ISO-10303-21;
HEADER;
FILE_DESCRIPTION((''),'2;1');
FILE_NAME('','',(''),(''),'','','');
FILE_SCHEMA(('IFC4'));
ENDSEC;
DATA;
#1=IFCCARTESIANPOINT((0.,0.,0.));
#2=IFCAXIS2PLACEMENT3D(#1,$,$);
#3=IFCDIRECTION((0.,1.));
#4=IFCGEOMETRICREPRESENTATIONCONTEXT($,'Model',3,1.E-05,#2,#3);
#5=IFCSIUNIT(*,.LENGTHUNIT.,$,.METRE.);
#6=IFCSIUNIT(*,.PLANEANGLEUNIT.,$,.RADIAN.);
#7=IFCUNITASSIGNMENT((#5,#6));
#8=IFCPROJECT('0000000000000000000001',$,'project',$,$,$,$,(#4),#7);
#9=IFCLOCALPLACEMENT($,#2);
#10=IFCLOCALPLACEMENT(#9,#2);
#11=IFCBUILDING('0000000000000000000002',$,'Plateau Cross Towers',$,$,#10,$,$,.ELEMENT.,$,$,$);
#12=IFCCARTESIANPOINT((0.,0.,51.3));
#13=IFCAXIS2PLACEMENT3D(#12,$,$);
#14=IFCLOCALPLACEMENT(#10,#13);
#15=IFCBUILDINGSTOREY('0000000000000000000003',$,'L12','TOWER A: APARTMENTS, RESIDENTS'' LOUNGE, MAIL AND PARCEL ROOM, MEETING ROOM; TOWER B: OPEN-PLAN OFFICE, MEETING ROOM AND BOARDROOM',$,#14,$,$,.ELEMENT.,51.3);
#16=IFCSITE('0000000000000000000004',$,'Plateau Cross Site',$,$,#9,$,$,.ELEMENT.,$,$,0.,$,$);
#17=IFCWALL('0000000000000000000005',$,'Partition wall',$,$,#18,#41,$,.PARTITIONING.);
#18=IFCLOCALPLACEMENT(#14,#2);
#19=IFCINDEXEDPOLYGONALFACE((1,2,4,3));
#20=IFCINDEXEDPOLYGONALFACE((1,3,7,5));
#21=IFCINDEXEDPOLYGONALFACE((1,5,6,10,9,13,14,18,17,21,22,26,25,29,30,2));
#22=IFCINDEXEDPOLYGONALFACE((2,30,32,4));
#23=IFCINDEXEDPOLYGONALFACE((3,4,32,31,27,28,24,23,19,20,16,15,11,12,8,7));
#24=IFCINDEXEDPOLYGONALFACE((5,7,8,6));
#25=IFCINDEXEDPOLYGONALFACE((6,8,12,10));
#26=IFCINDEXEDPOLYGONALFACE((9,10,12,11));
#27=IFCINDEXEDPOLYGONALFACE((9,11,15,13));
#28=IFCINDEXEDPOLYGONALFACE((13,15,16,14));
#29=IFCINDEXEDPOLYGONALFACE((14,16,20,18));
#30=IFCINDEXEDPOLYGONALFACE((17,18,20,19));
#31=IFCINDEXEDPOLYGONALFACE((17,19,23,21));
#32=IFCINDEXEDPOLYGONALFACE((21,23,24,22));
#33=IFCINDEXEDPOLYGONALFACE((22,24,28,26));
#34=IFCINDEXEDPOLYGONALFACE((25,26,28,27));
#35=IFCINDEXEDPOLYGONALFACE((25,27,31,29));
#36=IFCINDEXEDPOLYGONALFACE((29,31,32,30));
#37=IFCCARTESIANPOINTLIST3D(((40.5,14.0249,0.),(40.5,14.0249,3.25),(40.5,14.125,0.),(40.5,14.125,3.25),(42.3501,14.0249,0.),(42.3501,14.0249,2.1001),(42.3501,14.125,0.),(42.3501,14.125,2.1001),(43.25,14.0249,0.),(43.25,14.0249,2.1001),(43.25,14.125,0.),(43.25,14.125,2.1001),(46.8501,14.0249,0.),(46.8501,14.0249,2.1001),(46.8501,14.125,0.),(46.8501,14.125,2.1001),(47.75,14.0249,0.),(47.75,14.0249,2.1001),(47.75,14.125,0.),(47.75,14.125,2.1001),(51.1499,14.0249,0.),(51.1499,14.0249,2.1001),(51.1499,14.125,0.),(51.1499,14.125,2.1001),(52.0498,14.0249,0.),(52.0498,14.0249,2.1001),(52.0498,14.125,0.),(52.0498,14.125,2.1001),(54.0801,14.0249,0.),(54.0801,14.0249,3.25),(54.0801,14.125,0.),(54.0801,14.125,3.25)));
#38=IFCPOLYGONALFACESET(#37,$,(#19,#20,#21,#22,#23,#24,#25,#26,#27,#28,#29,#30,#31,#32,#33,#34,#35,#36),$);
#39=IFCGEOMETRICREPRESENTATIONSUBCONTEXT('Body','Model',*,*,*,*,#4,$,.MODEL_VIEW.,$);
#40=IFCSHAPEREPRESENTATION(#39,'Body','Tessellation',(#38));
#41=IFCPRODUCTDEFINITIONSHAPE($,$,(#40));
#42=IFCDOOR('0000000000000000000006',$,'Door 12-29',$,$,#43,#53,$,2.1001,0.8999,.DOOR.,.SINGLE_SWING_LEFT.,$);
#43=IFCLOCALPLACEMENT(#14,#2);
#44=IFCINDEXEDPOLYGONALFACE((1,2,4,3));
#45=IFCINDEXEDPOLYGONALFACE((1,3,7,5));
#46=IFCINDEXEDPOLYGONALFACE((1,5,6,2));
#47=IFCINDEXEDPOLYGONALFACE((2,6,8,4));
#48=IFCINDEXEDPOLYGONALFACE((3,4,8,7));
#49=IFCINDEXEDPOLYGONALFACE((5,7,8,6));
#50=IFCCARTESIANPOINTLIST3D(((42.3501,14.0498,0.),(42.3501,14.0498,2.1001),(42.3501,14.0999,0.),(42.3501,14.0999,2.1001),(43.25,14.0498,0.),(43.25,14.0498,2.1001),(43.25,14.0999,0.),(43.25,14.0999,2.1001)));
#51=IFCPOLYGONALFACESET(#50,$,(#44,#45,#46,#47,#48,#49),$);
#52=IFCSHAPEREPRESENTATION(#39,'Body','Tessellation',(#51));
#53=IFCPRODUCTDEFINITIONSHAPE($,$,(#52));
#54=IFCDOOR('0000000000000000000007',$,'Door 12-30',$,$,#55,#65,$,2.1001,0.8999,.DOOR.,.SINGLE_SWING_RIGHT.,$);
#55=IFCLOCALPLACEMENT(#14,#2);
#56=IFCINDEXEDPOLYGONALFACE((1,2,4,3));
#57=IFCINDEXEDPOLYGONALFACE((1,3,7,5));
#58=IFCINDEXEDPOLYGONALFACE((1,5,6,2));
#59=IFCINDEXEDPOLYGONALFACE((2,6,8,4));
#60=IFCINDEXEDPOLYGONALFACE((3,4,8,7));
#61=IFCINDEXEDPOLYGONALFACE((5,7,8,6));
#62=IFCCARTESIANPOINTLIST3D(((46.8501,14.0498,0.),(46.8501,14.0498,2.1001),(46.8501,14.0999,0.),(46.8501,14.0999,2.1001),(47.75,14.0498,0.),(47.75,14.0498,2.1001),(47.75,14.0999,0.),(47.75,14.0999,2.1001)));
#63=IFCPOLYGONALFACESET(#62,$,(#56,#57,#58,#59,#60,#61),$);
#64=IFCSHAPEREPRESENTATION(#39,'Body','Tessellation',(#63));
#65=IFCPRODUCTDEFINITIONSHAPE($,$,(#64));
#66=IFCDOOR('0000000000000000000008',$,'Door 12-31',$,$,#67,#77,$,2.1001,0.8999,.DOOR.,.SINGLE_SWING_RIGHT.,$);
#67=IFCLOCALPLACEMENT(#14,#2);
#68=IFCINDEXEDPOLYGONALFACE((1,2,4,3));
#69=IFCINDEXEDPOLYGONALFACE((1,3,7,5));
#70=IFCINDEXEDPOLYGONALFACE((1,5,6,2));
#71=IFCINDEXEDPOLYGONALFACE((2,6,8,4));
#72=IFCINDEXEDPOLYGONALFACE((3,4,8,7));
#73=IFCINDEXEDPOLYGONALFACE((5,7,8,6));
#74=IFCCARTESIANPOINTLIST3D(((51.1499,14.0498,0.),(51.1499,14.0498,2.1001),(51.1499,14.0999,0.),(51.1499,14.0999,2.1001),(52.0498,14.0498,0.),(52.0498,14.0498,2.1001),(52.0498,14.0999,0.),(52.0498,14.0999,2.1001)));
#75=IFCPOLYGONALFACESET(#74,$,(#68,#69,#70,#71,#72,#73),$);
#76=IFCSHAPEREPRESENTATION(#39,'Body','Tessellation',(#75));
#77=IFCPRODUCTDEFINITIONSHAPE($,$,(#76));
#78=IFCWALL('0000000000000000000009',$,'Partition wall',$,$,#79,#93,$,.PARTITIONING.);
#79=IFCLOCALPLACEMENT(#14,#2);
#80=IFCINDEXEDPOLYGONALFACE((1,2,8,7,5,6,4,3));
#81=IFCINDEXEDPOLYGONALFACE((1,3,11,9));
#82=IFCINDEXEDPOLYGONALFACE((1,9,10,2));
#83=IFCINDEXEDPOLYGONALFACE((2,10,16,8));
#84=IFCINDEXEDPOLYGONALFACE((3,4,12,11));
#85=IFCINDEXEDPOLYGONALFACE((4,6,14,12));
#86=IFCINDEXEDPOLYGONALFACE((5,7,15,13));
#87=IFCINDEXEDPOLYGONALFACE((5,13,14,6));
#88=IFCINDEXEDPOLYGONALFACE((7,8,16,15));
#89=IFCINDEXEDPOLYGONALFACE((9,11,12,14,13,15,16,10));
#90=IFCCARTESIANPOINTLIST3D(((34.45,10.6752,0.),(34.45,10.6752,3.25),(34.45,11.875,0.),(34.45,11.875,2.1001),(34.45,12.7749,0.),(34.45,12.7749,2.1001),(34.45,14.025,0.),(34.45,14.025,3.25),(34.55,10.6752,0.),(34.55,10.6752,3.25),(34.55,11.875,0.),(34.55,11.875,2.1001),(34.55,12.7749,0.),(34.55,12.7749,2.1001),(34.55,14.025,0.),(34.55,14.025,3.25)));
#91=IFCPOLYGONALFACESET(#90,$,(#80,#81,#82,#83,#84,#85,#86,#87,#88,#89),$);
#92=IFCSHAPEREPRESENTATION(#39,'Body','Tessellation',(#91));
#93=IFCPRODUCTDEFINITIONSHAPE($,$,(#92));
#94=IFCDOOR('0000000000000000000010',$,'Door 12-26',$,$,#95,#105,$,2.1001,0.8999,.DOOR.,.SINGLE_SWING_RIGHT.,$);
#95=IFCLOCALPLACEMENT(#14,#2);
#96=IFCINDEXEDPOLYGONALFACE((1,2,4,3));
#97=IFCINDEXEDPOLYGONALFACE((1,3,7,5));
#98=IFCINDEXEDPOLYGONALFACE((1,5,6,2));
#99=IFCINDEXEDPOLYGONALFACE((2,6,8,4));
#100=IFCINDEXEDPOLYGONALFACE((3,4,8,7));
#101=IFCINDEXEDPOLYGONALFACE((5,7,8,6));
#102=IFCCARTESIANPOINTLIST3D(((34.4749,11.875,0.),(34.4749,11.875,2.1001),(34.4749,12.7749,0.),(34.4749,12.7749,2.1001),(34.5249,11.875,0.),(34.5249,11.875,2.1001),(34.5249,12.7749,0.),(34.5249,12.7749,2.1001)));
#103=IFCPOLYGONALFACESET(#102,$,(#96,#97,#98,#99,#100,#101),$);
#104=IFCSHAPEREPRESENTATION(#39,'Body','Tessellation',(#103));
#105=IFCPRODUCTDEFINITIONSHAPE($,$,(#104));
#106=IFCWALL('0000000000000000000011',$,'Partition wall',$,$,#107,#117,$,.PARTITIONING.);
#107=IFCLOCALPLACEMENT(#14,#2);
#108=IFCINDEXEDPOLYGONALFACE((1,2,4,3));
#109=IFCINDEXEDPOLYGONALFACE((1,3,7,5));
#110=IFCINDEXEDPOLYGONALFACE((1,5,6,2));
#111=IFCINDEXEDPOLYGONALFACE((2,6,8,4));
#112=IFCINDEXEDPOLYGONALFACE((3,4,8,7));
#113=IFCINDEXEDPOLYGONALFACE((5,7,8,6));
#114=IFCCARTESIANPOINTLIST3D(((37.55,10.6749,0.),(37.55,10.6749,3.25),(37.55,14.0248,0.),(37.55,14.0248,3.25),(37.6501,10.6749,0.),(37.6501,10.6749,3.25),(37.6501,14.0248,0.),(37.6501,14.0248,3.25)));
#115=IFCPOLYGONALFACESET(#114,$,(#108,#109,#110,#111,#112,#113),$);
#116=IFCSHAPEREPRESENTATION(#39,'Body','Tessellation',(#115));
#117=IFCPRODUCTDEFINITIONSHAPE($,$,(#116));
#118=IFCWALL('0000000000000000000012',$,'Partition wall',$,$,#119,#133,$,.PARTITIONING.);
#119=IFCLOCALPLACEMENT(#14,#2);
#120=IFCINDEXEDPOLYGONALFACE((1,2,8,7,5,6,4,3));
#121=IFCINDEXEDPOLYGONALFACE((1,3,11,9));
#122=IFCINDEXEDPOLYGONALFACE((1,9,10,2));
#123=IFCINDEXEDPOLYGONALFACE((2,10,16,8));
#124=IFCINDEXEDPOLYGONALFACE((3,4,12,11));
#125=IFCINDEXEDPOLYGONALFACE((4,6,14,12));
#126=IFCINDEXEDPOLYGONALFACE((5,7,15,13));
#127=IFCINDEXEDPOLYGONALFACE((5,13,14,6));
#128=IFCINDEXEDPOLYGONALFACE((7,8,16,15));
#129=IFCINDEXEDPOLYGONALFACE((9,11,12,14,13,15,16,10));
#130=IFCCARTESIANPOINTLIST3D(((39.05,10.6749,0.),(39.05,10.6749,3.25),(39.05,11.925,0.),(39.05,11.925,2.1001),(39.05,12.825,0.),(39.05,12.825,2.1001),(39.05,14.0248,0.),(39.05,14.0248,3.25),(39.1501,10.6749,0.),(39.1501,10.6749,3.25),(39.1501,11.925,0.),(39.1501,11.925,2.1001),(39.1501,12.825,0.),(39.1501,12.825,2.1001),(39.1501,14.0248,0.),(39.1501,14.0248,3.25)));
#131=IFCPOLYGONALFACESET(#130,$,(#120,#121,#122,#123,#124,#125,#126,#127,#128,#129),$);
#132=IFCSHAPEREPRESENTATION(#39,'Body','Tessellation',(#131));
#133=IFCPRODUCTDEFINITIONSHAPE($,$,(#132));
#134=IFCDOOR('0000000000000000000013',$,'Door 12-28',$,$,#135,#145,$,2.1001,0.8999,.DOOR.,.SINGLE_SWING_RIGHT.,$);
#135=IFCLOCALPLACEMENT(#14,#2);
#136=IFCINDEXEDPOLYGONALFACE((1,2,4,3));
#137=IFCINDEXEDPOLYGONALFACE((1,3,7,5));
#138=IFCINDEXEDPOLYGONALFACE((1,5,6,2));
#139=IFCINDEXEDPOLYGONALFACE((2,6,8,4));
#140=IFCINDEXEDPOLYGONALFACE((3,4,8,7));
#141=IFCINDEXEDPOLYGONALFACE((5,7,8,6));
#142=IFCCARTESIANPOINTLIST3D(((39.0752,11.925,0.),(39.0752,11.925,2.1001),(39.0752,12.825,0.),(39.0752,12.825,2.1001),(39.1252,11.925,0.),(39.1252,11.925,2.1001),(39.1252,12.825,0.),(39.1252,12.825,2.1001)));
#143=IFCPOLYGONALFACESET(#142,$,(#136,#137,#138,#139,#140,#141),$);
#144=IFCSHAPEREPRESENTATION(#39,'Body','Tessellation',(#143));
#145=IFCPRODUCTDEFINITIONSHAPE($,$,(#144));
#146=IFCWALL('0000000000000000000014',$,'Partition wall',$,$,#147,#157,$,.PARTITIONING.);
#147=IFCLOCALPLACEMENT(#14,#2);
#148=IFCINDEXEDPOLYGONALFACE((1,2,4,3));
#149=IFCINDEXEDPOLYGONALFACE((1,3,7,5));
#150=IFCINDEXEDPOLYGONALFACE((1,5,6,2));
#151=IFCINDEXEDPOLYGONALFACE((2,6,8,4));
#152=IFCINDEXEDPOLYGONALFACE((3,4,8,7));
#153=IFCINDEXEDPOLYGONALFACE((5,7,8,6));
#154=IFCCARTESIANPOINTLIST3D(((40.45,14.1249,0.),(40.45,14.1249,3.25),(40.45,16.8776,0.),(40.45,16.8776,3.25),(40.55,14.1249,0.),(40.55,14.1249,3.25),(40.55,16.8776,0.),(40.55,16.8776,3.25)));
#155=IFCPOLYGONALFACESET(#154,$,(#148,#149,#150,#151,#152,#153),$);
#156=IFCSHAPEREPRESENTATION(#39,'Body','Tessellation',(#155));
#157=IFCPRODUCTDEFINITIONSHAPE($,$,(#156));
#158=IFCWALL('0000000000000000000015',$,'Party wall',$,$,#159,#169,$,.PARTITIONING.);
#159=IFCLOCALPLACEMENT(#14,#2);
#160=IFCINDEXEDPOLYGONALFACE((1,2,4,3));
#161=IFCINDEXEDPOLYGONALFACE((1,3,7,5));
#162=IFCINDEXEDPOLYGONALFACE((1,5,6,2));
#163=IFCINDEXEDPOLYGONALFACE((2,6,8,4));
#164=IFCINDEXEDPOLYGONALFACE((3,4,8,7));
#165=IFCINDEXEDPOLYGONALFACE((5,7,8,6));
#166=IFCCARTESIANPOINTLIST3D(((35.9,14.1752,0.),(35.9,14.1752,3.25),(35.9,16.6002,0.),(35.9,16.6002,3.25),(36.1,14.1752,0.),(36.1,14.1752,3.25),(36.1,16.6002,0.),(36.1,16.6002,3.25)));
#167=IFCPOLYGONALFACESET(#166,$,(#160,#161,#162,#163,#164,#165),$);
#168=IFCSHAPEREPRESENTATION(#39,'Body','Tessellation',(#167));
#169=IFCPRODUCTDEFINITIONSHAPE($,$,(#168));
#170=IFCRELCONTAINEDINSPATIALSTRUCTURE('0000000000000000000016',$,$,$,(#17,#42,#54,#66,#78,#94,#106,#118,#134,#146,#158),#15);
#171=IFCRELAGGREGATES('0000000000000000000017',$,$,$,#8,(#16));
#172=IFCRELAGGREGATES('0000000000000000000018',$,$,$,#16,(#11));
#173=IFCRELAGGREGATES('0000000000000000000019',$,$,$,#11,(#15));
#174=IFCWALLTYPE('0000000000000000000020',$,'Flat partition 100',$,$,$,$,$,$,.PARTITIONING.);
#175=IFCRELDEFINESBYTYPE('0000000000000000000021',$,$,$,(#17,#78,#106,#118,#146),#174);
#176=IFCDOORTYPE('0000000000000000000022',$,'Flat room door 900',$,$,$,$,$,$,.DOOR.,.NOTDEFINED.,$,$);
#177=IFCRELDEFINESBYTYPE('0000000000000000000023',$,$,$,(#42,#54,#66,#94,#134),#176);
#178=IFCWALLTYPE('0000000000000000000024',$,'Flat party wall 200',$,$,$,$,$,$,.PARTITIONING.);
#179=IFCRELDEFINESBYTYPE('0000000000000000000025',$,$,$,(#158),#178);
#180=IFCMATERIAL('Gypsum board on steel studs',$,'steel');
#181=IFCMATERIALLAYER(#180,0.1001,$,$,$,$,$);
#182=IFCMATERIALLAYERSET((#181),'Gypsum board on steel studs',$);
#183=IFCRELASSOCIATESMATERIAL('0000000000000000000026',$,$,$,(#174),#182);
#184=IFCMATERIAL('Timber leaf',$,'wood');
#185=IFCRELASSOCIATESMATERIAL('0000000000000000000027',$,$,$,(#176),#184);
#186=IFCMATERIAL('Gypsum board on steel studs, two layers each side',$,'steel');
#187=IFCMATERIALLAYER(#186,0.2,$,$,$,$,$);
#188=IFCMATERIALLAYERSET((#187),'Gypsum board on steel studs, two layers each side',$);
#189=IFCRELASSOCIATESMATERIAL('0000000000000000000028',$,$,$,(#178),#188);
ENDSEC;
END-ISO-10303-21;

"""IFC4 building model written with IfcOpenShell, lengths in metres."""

from ifc_helpers import new_model, si_unit, direction, frame, frame_2d, origin, place, context, subcontext, project, spatial, rectangle, extrude, material, layer, layer_set, type_object, element, fill, save


model = new_model("IFC4")

# Units and contexts
model_context = context("Model", 3, precision=1e-05, world=origin(), true_north=direction((0.0, 1.0)))
body_context = subcontext(model_context, "Body", "Model", "MODEL_VIEW")
ifc_project = project(units=[si_unit("LENGTHUNIT", "METRE"), si_unit("PLANEANGLEUNIT", "RADIAN")], contexts=[model_context])

# Site, building, storey
site_placement = place(None, origin())
site = spatial("IfcSite", under=ifc_project, at=site_placement, Name="Plateau Cross Site", CompositionType="ELEMENT", RefElevation=0.0)
building_placement = place(site_placement, origin())
building = spatial("IfcBuilding", under=site, at=building_placement, Name="Plateau Cross Towers", CompositionType="ELEMENT")
storey_placement = place(building_placement, frame((0.0, 0.0, 51.3)))
storey = spatial("IfcBuildingStorey", under=building, at=storey_placement, Name="L12", Description="TOWER A: APARTMENTS, RESIDENTS' LOUNGE, MAIL AND PARCEL ROOM, MEETING ROOM; TOWER B: OPEN-PLAN OFFICE, MEETING ROOM AND BOARDROOM", CompositionType="ELEMENT", Elevation=51.3)

# Shared definitions
ifc_material_1 = material(Name="Gypsum board on steel studs", Category="steel")
ifc_layer_1 = layer(ifc_material_1, 0.1001)
ifc_layer_set_1 = layer_set([ifc_layer_1], Name="Gypsum board on steel studs")
wall_type_1 = type_object("IfcWallType", Name="Flat partition 100", PredefinedType="PARTITIONING", material=ifc_layer_set_1)

# Shared definitions
ifc_material_2 = material(Name="Timber leaf", Category="wood")
door_type = type_object("IfcDoorType", Name="Flat room door 900", OperationType="NOTDEFINED", PredefinedType="DOOR", material=ifc_material_2)

# Wall, openings, doors
wall_1_placement = place(storey_placement, frame((40.5, 14.075, 0.0), z_axis=(0.0, 0.0, 1.0), x_axis=(1.0, 0.0, 0.0)))
wall_1 = element("IfcWall", 1, at=wall_1_placement, inside=storey, type_object=wall_type_1, Name="Partition wall", PredefinedType="PARTITIONING", context=body_context, shape_type="SweptSolid", body=[
    extrude(rectangle(XDim=13.5801, YDim=0.1001, at=frame_2d((6.79, 0.0))), origin(), (0.0, 0.0, 1.0), 3.25),
])
opening_1_placement = place(wall_1_placement, frame((1.8501, 0.0, 0.0)))
opening_1 = element("IfcOpeningElement", 2, at=opening_1_placement, cuts=wall_1, PredefinedType="OPENING", context=body_context, shape_type="SweptSolid", body=[
    extrude(rectangle(XDim=0.8999, YDim=2.1001, at=frame_2d((0.45, 1.05))), frame((0.0, 0.0601, 0.0), z_axis=(0.0, -1.0, 0.0), x_axis=(1.0, 0.0, 0.0)), (0.0, 0.0, 1.0), 0.1201),
])
opening_2_placement = place(wall_1_placement, frame((6.3501, 0.0, 0.0)))
opening_2 = element("IfcOpeningElement", 3, at=opening_2_placement, cuts=wall_1, PredefinedType="OPENING", context=body_context, shape_type="SweptSolid", body=[
    extrude(rectangle(XDim=0.8999, YDim=2.1001, at=frame_2d((0.45, 1.05))), frame((0.0, 0.0601, 0.0), z_axis=(0.0, -1.0, 0.0), x_axis=(1.0, 0.0, 0.0)), (0.0, 0.0, 1.0), 0.1201),
])
opening_3_placement = place(wall_1_placement, frame((10.6499, 0.0, 0.0)))
opening_3 = element("IfcOpeningElement", 4, at=opening_3_placement, cuts=wall_1, PredefinedType="OPENING", context=body_context, shape_type="SweptSolid", body=[
    extrude(rectangle(XDim=0.8999, YDim=2.1001, at=frame_2d((0.45, 1.05))), frame((0.0, 0.0601, 0.0), z_axis=(0.0, -1.0, 0.0), x_axis=(1.0, 0.0, 0.0)), (0.0, 0.0, 1.0), 0.1201),
])
door_1_placement = place(opening_1_placement, origin())
door_1 = element("IfcDoor", 5, at=door_1_placement, inside=storey, type_object=door_type, Name="Door 12-29", OperationType="SINGLE_SWING_LEFT", OverallHeight=2.1001, OverallWidth=0.8999, PredefinedType="DOOR", context=body_context, shape_type="SweptSolid", body=[
    extrude(rectangle(XDim=0.8999, YDim=2.1001, at=frame_2d((0.45, 1.05))), frame((0.0, 0.0249, 0.0), z_axis=(0.0, -1.0, 0.0), x_axis=(1.0, 0.0, 0.0)), (0.0, 0.0, 1.0), 0.05),
])
fill(opening_1, door_1)
door_2_placement = place(opening_2_placement, origin())
door_2 = element("IfcDoor", 6, at=door_2_placement, inside=storey, type_object=door_type, Name="Door 12-30", OperationType="SINGLE_SWING_RIGHT", OverallHeight=2.1001, OverallWidth=0.8999, PredefinedType="DOOR", context=body_context, shape_type="SweptSolid", body=[
    extrude(rectangle(XDim=0.8999, YDim=2.1001, at=frame_2d((0.45, 1.05))), frame((0.0, 0.0249, 0.0), z_axis=(0.0, -1.0, 0.0), x_axis=(1.0, 0.0, 0.0)), (0.0, 0.0, 1.0), 0.05),
])
fill(opening_2, door_2)
door_3_placement = place(opening_3_placement, origin())
door_3 = element("IfcDoor", 7, at=door_3_placement, inside=storey, type_object=door_type, Name="Door 12-31", OperationType="SINGLE_SWING_RIGHT", OverallHeight=2.1001, OverallWidth=0.8999, PredefinedType="DOOR", context=body_context, shape_type="SweptSolid", body=[
    extrude(rectangle(XDim=0.8999, YDim=2.1001, at=frame_2d((0.45, 1.05))), frame((0.0, 0.0249, 0.0), z_axis=(0.0, -1.0, 0.0), x_axis=(1.0, 0.0, 0.0)), (0.0, 0.0, 1.0), 0.05),
])
fill(opening_3, door_3)

# Wall, opening, door
wall_2_placement = place(storey_placement, frame((34.5, 14.0249, 0.0), z_axis=(0.0, 0.0, 1.0), x_axis=(0.0, -1.0, 0.0)))
wall_2 = element("IfcWall", 8, at=wall_2_placement, inside=storey, type_object=wall_type_1, Name="Partition wall", PredefinedType="PARTITIONING", context=body_context, shape_type="SweptSolid", body=[
    extrude(rectangle(XDim=3.3499, YDim=0.1001, at=frame_2d((1.6748, 0.0))), origin(), (0.0, 0.0, 1.0), 3.25),
])
opening_4_placement = place(wall_2_placement, frame((1.25, 0.0, 0.0)))
opening_4 = element("IfcOpeningElement", 9, at=opening_4_placement, cuts=wall_2, PredefinedType="OPENING", context=body_context, shape_type="SweptSolid", body=[
    extrude(rectangle(XDim=0.8999, YDim=2.1001, at=frame_2d((0.45, 1.05))), frame((0.0, 0.0601, 0.0), z_axis=(0.0, -1.0, 0.0), x_axis=(1.0, 0.0, 0.0)), (0.0, 0.0, 1.0), 0.1201),
])
door_4_placement = place(opening_4_placement, origin())
door_4 = element("IfcDoor", 10, at=door_4_placement, inside=storey, type_object=door_type, Name="Door 12-26", OperationType="SINGLE_SWING_RIGHT", OverallHeight=2.1001, OverallWidth=0.8999, PredefinedType="DOOR", context=body_context, shape_type="SweptSolid", body=[
    extrude(rectangle(XDim=0.8999, YDim=2.1001, at=frame_2d((0.45, 1.05))), frame((0.0, 0.0249, 0.0), z_axis=(0.0, -1.0, 0.0), x_axis=(1.0, 0.0, 0.0)), (0.0, 0.0, 1.0), 0.05),
])
fill(opening_4, door_4)

# Wall
wall_3_placement = place(storey_placement, frame((37.6001, 10.675, 0.0), z_axis=(0.0, 0.0, 1.0), x_axis=(0.0, 1.0, 0.0)))
element("IfcWall", 11, at=wall_3_placement, inside=storey, type_object=wall_type_1, Name="Partition wall", PredefinedType="PARTITIONING", context=body_context, shape_type="SweptSolid", body=[
    extrude(rectangle(XDim=3.3499, YDim=0.1001, at=frame_2d((1.6748, 0.0))), origin(), (0.0, 0.0, 1.0), 3.25),
])

# Wall, opening, door
wall_4_placement = place(storey_placement, frame((39.1001, 10.675, 0.0), z_axis=(0.0, 0.0, 1.0), x_axis=(0.0, 1.0, 0.0)))
wall_4 = element("IfcWall", 12, at=wall_4_placement, inside=storey, type_object=wall_type_1, Name="Partition wall", PredefinedType="PARTITIONING", context=body_context, shape_type="SweptSolid", body=[
    extrude(rectangle(XDim=3.3499, YDim=0.1001, at=frame_2d((1.6748, 0.0))), origin(), (0.0, 0.0, 1.0), 3.25),
])
opening_5_placement = place(wall_4_placement, frame((1.25, 0.0, 0.0)))
opening_5 = element("IfcOpeningElement", 13, at=opening_5_placement, cuts=wall_4, PredefinedType="OPENING", context=body_context, shape_type="SweptSolid", body=[
    extrude(rectangle(XDim=0.8999, YDim=2.1001, at=frame_2d((0.45, 1.05))), frame((0.0, 0.0601, 0.0), z_axis=(0.0, -1.0, 0.0), x_axis=(1.0, 0.0, 0.0)), (0.0, 0.0, 1.0), 0.1201),
])
door_5_placement = place(opening_5_placement, origin())
door_5 = element("IfcDoor", 14, at=door_5_placement, inside=storey, type_object=door_type, Name="Door 12-28", OperationType="SINGLE_SWING_RIGHT", OverallHeight=2.1001, OverallWidth=0.8999, PredefinedType="DOOR", context=body_context, shape_type="SweptSolid", body=[
    extrude(rectangle(XDim=0.8999, YDim=2.1001, at=frame_2d((0.45, 1.05))), frame((0.0, 0.0249, 0.0), z_axis=(0.0, -1.0, 0.0), x_axis=(1.0, 0.0, 0.0)), (0.0, 0.0, 1.0), 0.05),
])
fill(opening_5, door_5)

# Walls
wall_5_placement = place(storey_placement, frame((40.5, 16.8777, 0.0), z_axis=(0.0, 0.0, 1.0), x_axis=(0.0, -1.0, 0.0)))
element("IfcWall", 15, at=wall_5_placement, inside=storey, type_object=wall_type_1, Name="Partition wall", PredefinedType="PARTITIONING", context=body_context, shape_type="SweptSolid", body=[
    extrude(rectangle(XDim=2.7527, YDim=0.1001, at=frame_2d((1.3765, 0.0))), origin(), (0.0, 0.0, 1.0), 3.25),
])
ifc_material_3 = material(Name="Gypsum board on steel studs, two layers each side", Category="steel")
ifc_layer_2 = layer(ifc_material_3, 0.2)
ifc_layer_set_2 = layer_set([ifc_layer_2], Name="Gypsum board on steel studs, two layers each side")
wall_type_2 = type_object("IfcWallType", Name="Flat party wall 200", PredefinedType="PARTITIONING", material=ifc_layer_set_2)
wall_6_placement = place(storey_placement, frame((36.0, 16.6001, 0.0), z_axis=(0.0, 0.0, 1.0), x_axis=(0.0, -1.0, 0.0)))
element("IfcWall", 16, at=wall_6_placement, inside=storey, type_object=wall_type_2, Name="Party wall", PredefinedType="PARTITIONING", context=body_context, shape_type="SweptSolid", body=[
    extrude(rectangle(XDim=2.425, YDim=0.2, at=frame_2d((1.2124, 0.0))), origin(), (0.0, 0.0, 1.0), 3.25),
])

save(model, "model.ifc")
